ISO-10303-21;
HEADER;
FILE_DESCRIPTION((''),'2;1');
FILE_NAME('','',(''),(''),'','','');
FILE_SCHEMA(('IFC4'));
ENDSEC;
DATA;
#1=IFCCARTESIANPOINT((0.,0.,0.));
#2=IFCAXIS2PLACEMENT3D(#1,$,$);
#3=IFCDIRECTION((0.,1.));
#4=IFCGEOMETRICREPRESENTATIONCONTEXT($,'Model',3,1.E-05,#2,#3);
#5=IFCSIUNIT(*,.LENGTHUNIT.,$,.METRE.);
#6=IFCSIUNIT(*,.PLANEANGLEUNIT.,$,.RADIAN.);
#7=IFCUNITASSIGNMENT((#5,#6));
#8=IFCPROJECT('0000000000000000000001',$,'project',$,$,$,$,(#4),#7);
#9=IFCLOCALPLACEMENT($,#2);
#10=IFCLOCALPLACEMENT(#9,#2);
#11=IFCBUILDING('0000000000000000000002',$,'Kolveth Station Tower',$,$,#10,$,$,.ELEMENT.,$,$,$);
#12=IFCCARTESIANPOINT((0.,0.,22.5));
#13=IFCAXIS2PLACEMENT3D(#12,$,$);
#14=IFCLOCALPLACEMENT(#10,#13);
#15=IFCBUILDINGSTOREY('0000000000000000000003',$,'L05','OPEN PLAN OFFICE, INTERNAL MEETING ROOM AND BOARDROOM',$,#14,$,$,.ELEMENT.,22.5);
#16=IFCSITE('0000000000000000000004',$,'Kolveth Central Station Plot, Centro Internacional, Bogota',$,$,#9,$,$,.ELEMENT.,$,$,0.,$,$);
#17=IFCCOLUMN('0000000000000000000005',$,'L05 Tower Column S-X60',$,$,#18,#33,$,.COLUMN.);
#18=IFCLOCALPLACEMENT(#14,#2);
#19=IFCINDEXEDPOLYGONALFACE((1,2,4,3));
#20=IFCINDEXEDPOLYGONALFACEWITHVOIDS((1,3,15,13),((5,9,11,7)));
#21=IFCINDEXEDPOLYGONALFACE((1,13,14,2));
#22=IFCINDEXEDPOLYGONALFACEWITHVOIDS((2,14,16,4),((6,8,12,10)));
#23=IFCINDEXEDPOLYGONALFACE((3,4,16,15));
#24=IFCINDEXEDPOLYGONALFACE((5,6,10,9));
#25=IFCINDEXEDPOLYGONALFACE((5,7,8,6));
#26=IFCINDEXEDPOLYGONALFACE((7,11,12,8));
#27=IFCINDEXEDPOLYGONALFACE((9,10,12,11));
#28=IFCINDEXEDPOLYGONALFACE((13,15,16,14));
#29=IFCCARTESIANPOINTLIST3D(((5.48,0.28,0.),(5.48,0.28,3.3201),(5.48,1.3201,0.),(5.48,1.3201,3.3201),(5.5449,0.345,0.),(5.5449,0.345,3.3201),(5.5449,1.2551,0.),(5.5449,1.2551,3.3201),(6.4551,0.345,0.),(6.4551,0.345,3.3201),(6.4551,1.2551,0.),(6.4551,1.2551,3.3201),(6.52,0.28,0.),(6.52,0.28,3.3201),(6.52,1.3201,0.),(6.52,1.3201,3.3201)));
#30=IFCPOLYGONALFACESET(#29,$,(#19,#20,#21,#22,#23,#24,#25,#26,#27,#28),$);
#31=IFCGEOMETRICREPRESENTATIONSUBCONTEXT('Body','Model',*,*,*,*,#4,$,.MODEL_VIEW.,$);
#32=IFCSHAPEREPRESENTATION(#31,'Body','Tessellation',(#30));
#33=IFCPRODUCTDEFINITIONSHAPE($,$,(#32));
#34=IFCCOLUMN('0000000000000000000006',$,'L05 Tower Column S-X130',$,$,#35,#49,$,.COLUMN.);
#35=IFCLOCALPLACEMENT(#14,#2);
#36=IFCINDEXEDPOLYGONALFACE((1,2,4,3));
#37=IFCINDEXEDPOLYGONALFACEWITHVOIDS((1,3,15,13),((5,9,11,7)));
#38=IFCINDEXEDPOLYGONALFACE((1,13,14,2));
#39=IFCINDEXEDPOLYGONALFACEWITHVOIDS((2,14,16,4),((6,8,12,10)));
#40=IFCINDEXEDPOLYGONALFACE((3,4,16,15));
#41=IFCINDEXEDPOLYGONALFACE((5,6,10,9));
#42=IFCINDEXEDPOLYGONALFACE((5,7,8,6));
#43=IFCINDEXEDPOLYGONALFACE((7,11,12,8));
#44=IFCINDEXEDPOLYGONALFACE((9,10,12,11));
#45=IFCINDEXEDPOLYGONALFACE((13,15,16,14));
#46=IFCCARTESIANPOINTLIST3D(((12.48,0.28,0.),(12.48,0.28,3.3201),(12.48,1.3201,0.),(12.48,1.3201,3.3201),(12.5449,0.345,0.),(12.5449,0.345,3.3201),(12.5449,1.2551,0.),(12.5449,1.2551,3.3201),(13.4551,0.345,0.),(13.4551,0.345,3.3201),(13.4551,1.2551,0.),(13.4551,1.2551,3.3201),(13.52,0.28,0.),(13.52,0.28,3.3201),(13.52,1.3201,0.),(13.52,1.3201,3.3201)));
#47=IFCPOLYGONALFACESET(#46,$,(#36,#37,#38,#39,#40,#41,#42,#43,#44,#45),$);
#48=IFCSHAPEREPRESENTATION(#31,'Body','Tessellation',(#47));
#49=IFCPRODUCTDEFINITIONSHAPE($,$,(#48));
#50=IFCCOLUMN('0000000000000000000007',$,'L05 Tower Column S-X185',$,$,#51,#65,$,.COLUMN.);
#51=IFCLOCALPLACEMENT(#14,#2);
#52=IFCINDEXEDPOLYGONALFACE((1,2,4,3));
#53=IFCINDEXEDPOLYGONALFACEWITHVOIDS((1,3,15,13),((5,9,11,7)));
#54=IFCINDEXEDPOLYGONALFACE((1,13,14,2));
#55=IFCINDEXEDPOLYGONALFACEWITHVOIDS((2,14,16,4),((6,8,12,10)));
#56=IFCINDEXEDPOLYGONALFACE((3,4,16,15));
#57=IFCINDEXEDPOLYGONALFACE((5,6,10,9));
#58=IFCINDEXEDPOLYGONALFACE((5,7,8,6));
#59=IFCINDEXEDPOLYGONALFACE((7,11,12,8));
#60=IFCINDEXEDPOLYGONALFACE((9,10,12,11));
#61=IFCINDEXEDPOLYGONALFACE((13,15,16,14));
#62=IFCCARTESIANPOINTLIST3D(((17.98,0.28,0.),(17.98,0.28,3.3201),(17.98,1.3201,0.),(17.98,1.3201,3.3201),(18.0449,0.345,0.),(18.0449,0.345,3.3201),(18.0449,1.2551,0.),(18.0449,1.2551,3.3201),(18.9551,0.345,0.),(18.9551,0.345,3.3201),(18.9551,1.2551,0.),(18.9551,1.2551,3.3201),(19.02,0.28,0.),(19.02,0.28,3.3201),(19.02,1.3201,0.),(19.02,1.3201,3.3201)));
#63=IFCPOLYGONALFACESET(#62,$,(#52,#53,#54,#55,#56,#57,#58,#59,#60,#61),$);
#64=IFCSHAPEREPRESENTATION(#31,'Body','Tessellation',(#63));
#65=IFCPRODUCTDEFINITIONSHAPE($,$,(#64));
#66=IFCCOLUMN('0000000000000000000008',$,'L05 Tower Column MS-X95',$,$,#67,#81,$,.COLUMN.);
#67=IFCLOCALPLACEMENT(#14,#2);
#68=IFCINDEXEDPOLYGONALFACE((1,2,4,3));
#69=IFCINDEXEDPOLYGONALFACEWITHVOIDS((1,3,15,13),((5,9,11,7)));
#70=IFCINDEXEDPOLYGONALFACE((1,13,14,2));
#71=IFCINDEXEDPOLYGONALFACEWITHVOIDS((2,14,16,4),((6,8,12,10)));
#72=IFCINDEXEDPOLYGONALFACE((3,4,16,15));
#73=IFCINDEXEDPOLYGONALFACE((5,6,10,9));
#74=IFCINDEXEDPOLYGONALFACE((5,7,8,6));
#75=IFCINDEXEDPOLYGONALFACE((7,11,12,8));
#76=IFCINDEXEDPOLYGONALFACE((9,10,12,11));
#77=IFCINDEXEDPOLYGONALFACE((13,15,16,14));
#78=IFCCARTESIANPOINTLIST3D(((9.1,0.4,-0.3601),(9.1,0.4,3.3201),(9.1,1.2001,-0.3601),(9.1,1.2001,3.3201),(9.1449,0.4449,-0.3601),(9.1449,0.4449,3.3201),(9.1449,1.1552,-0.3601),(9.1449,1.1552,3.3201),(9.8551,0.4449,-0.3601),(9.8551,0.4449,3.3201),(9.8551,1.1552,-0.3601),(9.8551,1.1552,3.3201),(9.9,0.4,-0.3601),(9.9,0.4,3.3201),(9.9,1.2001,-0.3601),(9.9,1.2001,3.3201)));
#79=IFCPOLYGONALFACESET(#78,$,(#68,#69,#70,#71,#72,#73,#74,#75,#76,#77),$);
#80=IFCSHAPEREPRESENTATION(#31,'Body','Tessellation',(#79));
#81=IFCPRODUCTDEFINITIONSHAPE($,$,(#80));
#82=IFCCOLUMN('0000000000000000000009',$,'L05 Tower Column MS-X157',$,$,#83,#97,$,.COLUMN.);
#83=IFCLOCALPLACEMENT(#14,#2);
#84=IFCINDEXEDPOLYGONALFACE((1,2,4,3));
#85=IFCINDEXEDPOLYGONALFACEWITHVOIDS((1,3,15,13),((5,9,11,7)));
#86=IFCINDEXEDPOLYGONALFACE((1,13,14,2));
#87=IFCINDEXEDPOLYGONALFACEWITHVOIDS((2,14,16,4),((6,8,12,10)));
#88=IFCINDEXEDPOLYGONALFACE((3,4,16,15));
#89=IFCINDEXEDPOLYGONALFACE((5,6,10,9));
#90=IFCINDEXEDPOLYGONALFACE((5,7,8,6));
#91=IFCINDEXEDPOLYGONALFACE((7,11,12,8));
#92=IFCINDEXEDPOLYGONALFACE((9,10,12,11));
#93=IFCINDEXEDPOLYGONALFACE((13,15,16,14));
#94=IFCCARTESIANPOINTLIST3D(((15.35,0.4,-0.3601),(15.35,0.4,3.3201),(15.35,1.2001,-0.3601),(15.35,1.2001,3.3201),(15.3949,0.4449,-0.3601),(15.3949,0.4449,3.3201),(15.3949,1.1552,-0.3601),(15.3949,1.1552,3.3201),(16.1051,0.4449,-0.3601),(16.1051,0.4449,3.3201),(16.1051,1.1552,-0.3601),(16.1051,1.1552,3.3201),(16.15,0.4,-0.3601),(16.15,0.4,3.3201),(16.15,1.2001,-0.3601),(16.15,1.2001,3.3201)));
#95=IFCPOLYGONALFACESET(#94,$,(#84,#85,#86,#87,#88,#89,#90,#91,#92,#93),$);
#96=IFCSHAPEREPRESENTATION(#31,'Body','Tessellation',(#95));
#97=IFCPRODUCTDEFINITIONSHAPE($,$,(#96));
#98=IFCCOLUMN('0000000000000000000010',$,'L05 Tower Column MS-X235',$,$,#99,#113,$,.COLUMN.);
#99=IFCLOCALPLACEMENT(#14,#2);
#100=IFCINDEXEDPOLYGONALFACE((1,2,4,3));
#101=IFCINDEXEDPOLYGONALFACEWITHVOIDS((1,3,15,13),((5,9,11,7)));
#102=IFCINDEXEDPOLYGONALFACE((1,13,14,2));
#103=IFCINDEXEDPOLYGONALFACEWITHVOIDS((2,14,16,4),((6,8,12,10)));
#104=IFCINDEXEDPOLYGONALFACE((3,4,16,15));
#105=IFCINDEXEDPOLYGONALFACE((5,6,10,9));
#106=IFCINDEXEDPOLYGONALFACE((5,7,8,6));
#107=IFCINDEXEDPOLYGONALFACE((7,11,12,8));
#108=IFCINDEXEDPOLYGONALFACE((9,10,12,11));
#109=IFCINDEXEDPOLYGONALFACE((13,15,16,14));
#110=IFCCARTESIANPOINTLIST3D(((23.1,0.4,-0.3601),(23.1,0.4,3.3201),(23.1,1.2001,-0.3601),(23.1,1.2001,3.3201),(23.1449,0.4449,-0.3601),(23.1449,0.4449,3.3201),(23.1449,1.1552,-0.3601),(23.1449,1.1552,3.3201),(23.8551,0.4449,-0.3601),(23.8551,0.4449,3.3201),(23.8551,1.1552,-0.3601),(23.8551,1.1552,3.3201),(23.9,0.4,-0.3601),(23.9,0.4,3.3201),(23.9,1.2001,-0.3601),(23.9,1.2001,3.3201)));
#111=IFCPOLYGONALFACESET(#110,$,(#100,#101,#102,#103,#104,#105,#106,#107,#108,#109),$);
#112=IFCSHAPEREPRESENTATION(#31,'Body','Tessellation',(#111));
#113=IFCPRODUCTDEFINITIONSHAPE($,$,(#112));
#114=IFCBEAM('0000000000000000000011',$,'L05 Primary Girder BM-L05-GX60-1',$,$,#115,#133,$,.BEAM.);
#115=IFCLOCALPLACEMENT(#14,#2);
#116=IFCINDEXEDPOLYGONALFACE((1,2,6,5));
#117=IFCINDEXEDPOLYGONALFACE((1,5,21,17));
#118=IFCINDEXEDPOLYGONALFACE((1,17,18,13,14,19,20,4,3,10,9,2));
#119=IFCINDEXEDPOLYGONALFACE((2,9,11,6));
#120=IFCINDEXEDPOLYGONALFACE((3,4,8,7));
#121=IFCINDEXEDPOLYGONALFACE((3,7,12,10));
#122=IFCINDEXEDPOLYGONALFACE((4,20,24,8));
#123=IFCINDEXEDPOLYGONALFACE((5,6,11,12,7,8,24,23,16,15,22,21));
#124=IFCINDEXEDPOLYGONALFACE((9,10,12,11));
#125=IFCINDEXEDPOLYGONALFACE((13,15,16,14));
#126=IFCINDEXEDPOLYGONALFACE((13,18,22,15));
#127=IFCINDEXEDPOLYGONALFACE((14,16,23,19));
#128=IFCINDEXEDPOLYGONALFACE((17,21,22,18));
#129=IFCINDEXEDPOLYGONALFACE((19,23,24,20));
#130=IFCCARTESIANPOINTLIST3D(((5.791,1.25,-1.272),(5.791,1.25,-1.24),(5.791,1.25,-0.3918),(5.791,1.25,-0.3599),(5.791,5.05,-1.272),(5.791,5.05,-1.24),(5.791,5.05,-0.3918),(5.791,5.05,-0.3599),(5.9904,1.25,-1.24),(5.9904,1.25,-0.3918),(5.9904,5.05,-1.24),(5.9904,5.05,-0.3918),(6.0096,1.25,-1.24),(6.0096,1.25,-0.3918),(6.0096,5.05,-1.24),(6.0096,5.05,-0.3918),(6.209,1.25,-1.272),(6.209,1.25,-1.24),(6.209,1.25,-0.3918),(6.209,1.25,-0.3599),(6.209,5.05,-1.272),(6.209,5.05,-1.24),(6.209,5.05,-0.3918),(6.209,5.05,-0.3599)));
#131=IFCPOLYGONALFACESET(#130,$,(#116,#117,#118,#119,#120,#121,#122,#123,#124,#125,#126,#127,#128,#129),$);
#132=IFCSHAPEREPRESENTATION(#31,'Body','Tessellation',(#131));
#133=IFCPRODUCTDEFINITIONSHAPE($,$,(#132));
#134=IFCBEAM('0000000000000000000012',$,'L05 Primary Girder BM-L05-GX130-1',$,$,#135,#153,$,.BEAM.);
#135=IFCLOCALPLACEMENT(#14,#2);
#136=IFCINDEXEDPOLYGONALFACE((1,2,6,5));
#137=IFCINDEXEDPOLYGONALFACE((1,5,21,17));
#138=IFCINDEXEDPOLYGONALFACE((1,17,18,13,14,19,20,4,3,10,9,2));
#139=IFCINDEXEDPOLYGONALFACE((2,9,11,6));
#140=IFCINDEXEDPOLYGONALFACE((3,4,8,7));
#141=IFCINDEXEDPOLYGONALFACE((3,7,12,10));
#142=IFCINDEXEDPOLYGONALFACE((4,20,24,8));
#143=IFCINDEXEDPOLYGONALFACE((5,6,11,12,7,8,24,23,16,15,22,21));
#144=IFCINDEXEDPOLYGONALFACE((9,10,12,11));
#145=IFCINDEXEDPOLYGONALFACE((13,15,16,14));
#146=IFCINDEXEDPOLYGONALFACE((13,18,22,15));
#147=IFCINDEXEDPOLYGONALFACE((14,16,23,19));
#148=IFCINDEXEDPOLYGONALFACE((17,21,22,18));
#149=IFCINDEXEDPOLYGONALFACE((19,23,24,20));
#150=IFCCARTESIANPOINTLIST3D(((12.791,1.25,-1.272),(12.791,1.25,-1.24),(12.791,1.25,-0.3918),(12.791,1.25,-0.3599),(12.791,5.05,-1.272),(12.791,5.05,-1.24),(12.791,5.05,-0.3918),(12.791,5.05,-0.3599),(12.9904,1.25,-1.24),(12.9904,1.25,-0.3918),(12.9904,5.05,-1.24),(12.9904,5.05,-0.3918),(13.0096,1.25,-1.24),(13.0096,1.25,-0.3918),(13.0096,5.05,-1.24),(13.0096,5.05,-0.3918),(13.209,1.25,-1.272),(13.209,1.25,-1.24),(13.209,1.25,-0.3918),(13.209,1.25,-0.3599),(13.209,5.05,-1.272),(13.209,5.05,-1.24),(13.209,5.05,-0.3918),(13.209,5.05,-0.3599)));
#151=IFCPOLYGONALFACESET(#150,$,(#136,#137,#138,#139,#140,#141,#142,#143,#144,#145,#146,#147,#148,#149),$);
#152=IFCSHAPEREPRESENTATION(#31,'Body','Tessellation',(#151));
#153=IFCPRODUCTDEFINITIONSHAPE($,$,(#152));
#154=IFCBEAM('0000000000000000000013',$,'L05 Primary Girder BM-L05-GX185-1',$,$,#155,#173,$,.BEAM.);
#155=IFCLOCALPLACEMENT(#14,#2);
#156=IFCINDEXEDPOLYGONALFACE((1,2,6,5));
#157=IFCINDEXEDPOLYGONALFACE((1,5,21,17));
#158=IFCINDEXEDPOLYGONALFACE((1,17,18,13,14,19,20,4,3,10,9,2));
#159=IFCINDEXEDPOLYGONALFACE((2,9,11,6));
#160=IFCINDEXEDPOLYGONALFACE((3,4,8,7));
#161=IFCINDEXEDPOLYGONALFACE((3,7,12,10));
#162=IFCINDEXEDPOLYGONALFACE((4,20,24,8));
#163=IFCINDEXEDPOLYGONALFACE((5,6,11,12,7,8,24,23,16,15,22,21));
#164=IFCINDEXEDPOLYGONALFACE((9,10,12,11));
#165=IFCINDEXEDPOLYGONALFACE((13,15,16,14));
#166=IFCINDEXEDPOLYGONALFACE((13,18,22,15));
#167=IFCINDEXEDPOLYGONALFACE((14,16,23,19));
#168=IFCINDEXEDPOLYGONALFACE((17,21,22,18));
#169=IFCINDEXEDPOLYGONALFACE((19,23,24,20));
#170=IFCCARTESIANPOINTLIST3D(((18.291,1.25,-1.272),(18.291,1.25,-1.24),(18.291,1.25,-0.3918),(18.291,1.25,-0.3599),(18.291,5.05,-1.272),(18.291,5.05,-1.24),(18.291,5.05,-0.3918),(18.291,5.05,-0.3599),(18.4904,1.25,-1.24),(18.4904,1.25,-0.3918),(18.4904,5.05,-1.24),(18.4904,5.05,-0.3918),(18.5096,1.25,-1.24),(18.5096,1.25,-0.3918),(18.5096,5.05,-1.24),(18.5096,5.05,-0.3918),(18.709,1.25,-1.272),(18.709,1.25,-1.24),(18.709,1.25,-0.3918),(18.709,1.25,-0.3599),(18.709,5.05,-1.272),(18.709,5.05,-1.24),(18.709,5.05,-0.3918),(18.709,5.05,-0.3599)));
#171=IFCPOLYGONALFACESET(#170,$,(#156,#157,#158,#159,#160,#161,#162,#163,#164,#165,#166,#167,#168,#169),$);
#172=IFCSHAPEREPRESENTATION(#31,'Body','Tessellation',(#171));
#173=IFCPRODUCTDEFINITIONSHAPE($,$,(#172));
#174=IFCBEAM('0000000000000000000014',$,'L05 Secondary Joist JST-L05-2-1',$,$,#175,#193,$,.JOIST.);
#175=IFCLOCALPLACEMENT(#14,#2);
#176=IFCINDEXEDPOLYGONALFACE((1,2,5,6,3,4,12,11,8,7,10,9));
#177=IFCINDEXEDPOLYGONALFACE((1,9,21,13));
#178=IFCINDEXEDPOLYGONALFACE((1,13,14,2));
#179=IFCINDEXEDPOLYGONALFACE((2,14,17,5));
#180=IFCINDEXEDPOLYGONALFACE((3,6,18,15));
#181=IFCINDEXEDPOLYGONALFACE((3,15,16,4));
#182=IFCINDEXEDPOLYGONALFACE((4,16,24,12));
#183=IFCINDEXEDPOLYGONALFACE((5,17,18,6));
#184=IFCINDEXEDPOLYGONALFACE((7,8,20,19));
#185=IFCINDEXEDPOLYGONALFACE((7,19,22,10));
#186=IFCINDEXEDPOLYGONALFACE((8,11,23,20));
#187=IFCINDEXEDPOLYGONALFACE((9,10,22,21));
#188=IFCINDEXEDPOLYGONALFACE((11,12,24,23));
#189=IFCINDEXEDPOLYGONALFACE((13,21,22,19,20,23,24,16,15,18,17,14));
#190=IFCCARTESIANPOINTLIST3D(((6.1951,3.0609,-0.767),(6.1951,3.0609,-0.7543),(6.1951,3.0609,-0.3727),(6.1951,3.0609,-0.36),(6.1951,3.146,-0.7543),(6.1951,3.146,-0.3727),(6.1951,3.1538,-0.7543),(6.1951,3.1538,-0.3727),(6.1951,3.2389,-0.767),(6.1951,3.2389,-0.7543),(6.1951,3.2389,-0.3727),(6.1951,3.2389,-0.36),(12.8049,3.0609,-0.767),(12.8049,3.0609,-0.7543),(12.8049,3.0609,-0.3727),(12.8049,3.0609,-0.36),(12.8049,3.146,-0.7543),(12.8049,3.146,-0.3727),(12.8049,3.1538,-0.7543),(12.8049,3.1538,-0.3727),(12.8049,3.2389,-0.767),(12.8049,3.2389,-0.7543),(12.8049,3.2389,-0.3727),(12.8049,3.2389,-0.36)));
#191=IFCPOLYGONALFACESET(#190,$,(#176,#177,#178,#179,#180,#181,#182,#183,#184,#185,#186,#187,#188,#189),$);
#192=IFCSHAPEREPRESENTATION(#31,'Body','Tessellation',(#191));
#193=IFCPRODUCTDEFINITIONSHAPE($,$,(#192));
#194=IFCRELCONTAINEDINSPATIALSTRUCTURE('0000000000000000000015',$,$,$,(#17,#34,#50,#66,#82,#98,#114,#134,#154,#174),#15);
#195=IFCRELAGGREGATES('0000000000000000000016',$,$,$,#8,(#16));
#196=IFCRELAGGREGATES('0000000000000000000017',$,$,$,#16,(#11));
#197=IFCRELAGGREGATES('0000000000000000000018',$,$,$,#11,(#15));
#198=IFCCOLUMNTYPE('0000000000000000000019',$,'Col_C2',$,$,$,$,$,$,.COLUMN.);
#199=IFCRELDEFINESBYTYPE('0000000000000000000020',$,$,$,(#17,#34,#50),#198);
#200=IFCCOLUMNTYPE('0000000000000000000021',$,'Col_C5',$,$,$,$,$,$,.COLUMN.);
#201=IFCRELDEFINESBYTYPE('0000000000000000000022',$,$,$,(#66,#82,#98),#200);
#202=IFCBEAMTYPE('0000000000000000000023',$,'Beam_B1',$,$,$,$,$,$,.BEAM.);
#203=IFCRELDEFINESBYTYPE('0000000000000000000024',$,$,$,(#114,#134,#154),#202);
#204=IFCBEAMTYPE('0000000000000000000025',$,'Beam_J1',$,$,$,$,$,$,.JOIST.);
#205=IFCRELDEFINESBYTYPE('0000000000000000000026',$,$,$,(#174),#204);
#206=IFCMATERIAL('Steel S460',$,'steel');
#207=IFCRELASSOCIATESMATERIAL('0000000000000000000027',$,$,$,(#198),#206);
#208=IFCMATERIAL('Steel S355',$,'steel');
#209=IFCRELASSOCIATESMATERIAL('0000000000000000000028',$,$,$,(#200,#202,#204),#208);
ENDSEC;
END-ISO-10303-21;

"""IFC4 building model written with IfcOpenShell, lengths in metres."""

from ifc_helpers import new_model, si_unit, direction, frame, origin, origin_2d, place, context, subcontext, project, spatial, hollow_rectangle, i_section, extrude, source, transform, mapped, material, material_profile, profile_set, type_object, element, save


model = new_model("IFC4")

# Units and contexts
model_context = context("Model", 3, precision=1e-05, world=origin(), true_north=direction((0.0, 1.0)))
body_context = subcontext(model_context, "Body", "Model", "MODEL_VIEW")
ifc_project = project(units=[si_unit("LENGTHUNIT", "METRE"), si_unit("PLANEANGLEUNIT", "RADIAN")], contexts=[model_context])

# Site, building, storey
site_placement = place(None, origin())
site = spatial("IfcSite", under=ifc_project, at=site_placement, Name="Kolveth Central Station Plot, Centro Internacional, Bogota", CompositionType="ELEMENT", RefElevation=0.0)
building_placement = place(site_placement, origin())
building = spatial("IfcBuilding", under=site, at=building_placement, Name="Kolveth Station Tower", CompositionType="ELEMENT")
storey_placement = place(building_placement, frame((0.0, 0.0, 22.5)))
storey = spatial("IfcBuildingStorey", under=building, at=storey_placement, Name="L05", Description="OPEN PLAN OFFICE, INTERNAL MEETING ROOM AND BOARDROOM", CompositionType="ELEMENT", Elevation=22.5)

# Columns
ifc_material_1 = material(Name="Steel S460", Category="steel")
ifc_material_profile_1 = material_profile(ifc_material_1, hollow_rectangle(XDim=1.04, YDim=1.04, WallThickness=0.0649, at=origin_2d()), Name="BOX1040x1040x65")
ifc_profile_set_1 = profile_set([ifc_material_profile_1], Name="Steel S460")
column_type_1 = type_object("IfcColumnType", Name="Col_C2", PredefinedType="COLUMN", material=ifc_profile_set_1)
shared_shape_1 = source(origin(), body_context, "Body", "SweptSolid", [
    extrude(hollow_rectangle(XDim=1.04, YDim=1.04, WallThickness=0.0649, at=origin_2d()), origin(), (0.0, 0.0, 1.0), 3.3201),
])
for number, where, z_axis, x_axis, name in (
    (1, (6.0, 0.8, 0.0), (0.0, 0.0, 1.0), (1.0, 0.0, 0.0), "L05 Tower Column S-X60"),
    (2, (13.0, 0.8, 0.0), (0.0, 0.0, 1.0), (1.0, 0.0, 0.0), "L05 Tower Column S-X130"),
    (3, (18.5, 0.8, 0.0), (0.0, 0.0, 1.0), (1.0, 0.0, 0.0), "L05 Tower Column S-X185"),
):
    element("IfcColumn", number, at=place(storey_placement, frame(where, z_axis=z_axis, x_axis=x_axis)), inside=storey, type_object=column_type_1, Name=name, PredefinedType="COLUMN", context=body_context, shape_type="MappedRepresentation", body=[
        mapped(shared_shape_1, transform((0.0, 0.0, 0.0), x_axis=(1.0, 0.0, 0.0), y_axis=(0.0, 1.0, 0.0), z_axis=(0.0, 0.0, 1.0), scale=1.0)),
    ])
ifc_material_2 = material(Name="Steel S355", Category="steel")
ifc_material_profile_2 = material_profile(ifc_material_2, hollow_rectangle(XDim=0.8, YDim=0.8, WallThickness=0.0449, at=origin_2d()), Name="BOX800x800x45")
ifc_profile_set_2 = profile_set([ifc_material_profile_2], Name="Steel S355")
column_type_2 = type_object("IfcColumnType", Name="Col_C5", PredefinedType="COLUMN", material=ifc_profile_set_2)
shared_shape_2 = source(origin(), body_context, "Body", "SweptSolid", [
    extrude(hollow_rectangle(XDim=0.8, YDim=0.8, WallThickness=0.0449, at=origin_2d()), origin(), (0.0, 0.0, 1.0), 3.6802),
])
for number, where, z_axis, x_axis, name in (
    (4, (9.5, 0.8, -0.3601), (0.0, 0.0, 1.0), (1.0, 0.0, 0.0), "L05 Tower Column MS-X95"),
    (5, (15.75, 0.8, -0.3601), (0.0, 0.0, 1.0), (1.0, 0.0, 0.0), "L05 Tower Column MS-X157"),
    (6, (23.5, 0.8, -0.3601), (0.0, 0.0, 1.0), (1.0, 0.0, 0.0), "L05 Tower Column MS-X235"),
):
    element("IfcColumn", number, at=place(storey_placement, frame(where, z_axis=z_axis, x_axis=x_axis)), inside=storey, type_object=column_type_2, Name=name, PredefinedType="COLUMN", context=body_context, shape_type="MappedRepresentation", body=[
        mapped(shared_shape_2, transform((0.0, 0.0, 0.0), x_axis=(1.0, 0.0, 0.0), y_axis=(0.0, 1.0, 0.0), z_axis=(0.0, 0.0, 1.0), scale=1.0)),
    ])

# Beams
ifc_material_profile_3 = material_profile(ifc_material_2, i_section(OverallWidth=0.418, OverallDepth=0.9121, WebThickness=0.0193, FlangeThickness=0.032, at=origin_2d()), Name="W920x342")
ifc_profile_set_3 = profile_set([ifc_material_profile_3], Name="Steel S355")
beam_type_1 = type_object("IfcBeamType", Name="Beam_B1", PredefinedType="BEAM", material=ifc_profile_set_3)
shared_shape_3 = source(origin(), body_context, "Body", "SweptSolid", [
    extrude(i_section(OverallWidth=0.418, OverallDepth=0.9121, WebThickness=0.0193, FlangeThickness=0.032, at=origin_2d()), origin(), (0.0, 0.0, 1.0), 3.8),
])
for number, where, z_axis, x_axis, name in (
    (7, (6.0, 1.25, -0.8159), (0.0, 1.0, 0.0), (-1.0, 0.0, 0.0), "L05 Primary Girder BM-L05-GX60-1"),
    (8, (13.0, 1.25, -0.8159), (0.0, 1.0, 0.0), (-1.0, 0.0, 0.0), "L05 Primary Girder BM-L05-GX130-1"),
    (9, (18.5, 1.25, -0.8159), (0.0, 1.0, 0.0), (-1.0, 0.0, 0.0), "L05 Primary Girder BM-L05-GX185-1"),
):
    element("IfcBeam", number, at=place(storey_placement, frame(where, z_axis=z_axis, x_axis=x_axis)), inside=storey, type_object=beam_type_1, Name=name, PredefinedType="BEAM", context=body_context, shape_type="MappedRepresentation", body=[
        mapped(shared_shape_3, transform((0.0, 0.0, 0.0), x_axis=(1.0, 0.0, 0.0), y_axis=(0.0, 1.0, 0.0), z_axis=(0.0, 0.0, 1.0), scale=1.0)),
    ])
ifc_material_profile_4 = material_profile(ifc_material_2, i_section(OverallWidth=0.178, OverallDepth=0.407, WebThickness=0.0078, FlangeThickness=0.0127, at=origin_2d()), Name="W410x60")
ifc_profile_set_4 = profile_set([ifc_material_profile_4], Name="Steel S355")
beam_type_2 = type_object("IfcBeamType", Name="Beam_J1", PredefinedType="JOIST", material=ifc_profile_set_4)
shared_shape_4 = source(origin(), body_context, "Body", "SweptSolid", [
    extrude(i_section(OverallWidth=0.178, OverallDepth=0.407, WebThickness=0.0078, FlangeThickness=0.0127, at=origin_2d()), origin(), (0.0, 0.0, 1.0), 6.6099),
])
beam_1_placement = place(storey_placement, frame((6.1951, 3.1499, -0.5635), z_axis=(1.0, 0.0, 0.0), x_axis=(0.0, 1.0, 0.0)))
element("IfcBeam", 10, at=beam_1_placement, inside=storey, type_object=beam_type_2, Name="L05 Secondary Joist JST-L05-2-1", PredefinedType="JOIST", context=body_context, shape_type="MappedRepresentation", body=[
    mapped(shared_shape_4, transform((0.0, 0.0, 0.0), x_axis=(1.0, 0.0, 0.0), y_axis=(0.0, 1.0, 0.0), z_axis=(0.0, 0.0, 1.0), scale=1.0)),
])

save(model, "model.ifc")
